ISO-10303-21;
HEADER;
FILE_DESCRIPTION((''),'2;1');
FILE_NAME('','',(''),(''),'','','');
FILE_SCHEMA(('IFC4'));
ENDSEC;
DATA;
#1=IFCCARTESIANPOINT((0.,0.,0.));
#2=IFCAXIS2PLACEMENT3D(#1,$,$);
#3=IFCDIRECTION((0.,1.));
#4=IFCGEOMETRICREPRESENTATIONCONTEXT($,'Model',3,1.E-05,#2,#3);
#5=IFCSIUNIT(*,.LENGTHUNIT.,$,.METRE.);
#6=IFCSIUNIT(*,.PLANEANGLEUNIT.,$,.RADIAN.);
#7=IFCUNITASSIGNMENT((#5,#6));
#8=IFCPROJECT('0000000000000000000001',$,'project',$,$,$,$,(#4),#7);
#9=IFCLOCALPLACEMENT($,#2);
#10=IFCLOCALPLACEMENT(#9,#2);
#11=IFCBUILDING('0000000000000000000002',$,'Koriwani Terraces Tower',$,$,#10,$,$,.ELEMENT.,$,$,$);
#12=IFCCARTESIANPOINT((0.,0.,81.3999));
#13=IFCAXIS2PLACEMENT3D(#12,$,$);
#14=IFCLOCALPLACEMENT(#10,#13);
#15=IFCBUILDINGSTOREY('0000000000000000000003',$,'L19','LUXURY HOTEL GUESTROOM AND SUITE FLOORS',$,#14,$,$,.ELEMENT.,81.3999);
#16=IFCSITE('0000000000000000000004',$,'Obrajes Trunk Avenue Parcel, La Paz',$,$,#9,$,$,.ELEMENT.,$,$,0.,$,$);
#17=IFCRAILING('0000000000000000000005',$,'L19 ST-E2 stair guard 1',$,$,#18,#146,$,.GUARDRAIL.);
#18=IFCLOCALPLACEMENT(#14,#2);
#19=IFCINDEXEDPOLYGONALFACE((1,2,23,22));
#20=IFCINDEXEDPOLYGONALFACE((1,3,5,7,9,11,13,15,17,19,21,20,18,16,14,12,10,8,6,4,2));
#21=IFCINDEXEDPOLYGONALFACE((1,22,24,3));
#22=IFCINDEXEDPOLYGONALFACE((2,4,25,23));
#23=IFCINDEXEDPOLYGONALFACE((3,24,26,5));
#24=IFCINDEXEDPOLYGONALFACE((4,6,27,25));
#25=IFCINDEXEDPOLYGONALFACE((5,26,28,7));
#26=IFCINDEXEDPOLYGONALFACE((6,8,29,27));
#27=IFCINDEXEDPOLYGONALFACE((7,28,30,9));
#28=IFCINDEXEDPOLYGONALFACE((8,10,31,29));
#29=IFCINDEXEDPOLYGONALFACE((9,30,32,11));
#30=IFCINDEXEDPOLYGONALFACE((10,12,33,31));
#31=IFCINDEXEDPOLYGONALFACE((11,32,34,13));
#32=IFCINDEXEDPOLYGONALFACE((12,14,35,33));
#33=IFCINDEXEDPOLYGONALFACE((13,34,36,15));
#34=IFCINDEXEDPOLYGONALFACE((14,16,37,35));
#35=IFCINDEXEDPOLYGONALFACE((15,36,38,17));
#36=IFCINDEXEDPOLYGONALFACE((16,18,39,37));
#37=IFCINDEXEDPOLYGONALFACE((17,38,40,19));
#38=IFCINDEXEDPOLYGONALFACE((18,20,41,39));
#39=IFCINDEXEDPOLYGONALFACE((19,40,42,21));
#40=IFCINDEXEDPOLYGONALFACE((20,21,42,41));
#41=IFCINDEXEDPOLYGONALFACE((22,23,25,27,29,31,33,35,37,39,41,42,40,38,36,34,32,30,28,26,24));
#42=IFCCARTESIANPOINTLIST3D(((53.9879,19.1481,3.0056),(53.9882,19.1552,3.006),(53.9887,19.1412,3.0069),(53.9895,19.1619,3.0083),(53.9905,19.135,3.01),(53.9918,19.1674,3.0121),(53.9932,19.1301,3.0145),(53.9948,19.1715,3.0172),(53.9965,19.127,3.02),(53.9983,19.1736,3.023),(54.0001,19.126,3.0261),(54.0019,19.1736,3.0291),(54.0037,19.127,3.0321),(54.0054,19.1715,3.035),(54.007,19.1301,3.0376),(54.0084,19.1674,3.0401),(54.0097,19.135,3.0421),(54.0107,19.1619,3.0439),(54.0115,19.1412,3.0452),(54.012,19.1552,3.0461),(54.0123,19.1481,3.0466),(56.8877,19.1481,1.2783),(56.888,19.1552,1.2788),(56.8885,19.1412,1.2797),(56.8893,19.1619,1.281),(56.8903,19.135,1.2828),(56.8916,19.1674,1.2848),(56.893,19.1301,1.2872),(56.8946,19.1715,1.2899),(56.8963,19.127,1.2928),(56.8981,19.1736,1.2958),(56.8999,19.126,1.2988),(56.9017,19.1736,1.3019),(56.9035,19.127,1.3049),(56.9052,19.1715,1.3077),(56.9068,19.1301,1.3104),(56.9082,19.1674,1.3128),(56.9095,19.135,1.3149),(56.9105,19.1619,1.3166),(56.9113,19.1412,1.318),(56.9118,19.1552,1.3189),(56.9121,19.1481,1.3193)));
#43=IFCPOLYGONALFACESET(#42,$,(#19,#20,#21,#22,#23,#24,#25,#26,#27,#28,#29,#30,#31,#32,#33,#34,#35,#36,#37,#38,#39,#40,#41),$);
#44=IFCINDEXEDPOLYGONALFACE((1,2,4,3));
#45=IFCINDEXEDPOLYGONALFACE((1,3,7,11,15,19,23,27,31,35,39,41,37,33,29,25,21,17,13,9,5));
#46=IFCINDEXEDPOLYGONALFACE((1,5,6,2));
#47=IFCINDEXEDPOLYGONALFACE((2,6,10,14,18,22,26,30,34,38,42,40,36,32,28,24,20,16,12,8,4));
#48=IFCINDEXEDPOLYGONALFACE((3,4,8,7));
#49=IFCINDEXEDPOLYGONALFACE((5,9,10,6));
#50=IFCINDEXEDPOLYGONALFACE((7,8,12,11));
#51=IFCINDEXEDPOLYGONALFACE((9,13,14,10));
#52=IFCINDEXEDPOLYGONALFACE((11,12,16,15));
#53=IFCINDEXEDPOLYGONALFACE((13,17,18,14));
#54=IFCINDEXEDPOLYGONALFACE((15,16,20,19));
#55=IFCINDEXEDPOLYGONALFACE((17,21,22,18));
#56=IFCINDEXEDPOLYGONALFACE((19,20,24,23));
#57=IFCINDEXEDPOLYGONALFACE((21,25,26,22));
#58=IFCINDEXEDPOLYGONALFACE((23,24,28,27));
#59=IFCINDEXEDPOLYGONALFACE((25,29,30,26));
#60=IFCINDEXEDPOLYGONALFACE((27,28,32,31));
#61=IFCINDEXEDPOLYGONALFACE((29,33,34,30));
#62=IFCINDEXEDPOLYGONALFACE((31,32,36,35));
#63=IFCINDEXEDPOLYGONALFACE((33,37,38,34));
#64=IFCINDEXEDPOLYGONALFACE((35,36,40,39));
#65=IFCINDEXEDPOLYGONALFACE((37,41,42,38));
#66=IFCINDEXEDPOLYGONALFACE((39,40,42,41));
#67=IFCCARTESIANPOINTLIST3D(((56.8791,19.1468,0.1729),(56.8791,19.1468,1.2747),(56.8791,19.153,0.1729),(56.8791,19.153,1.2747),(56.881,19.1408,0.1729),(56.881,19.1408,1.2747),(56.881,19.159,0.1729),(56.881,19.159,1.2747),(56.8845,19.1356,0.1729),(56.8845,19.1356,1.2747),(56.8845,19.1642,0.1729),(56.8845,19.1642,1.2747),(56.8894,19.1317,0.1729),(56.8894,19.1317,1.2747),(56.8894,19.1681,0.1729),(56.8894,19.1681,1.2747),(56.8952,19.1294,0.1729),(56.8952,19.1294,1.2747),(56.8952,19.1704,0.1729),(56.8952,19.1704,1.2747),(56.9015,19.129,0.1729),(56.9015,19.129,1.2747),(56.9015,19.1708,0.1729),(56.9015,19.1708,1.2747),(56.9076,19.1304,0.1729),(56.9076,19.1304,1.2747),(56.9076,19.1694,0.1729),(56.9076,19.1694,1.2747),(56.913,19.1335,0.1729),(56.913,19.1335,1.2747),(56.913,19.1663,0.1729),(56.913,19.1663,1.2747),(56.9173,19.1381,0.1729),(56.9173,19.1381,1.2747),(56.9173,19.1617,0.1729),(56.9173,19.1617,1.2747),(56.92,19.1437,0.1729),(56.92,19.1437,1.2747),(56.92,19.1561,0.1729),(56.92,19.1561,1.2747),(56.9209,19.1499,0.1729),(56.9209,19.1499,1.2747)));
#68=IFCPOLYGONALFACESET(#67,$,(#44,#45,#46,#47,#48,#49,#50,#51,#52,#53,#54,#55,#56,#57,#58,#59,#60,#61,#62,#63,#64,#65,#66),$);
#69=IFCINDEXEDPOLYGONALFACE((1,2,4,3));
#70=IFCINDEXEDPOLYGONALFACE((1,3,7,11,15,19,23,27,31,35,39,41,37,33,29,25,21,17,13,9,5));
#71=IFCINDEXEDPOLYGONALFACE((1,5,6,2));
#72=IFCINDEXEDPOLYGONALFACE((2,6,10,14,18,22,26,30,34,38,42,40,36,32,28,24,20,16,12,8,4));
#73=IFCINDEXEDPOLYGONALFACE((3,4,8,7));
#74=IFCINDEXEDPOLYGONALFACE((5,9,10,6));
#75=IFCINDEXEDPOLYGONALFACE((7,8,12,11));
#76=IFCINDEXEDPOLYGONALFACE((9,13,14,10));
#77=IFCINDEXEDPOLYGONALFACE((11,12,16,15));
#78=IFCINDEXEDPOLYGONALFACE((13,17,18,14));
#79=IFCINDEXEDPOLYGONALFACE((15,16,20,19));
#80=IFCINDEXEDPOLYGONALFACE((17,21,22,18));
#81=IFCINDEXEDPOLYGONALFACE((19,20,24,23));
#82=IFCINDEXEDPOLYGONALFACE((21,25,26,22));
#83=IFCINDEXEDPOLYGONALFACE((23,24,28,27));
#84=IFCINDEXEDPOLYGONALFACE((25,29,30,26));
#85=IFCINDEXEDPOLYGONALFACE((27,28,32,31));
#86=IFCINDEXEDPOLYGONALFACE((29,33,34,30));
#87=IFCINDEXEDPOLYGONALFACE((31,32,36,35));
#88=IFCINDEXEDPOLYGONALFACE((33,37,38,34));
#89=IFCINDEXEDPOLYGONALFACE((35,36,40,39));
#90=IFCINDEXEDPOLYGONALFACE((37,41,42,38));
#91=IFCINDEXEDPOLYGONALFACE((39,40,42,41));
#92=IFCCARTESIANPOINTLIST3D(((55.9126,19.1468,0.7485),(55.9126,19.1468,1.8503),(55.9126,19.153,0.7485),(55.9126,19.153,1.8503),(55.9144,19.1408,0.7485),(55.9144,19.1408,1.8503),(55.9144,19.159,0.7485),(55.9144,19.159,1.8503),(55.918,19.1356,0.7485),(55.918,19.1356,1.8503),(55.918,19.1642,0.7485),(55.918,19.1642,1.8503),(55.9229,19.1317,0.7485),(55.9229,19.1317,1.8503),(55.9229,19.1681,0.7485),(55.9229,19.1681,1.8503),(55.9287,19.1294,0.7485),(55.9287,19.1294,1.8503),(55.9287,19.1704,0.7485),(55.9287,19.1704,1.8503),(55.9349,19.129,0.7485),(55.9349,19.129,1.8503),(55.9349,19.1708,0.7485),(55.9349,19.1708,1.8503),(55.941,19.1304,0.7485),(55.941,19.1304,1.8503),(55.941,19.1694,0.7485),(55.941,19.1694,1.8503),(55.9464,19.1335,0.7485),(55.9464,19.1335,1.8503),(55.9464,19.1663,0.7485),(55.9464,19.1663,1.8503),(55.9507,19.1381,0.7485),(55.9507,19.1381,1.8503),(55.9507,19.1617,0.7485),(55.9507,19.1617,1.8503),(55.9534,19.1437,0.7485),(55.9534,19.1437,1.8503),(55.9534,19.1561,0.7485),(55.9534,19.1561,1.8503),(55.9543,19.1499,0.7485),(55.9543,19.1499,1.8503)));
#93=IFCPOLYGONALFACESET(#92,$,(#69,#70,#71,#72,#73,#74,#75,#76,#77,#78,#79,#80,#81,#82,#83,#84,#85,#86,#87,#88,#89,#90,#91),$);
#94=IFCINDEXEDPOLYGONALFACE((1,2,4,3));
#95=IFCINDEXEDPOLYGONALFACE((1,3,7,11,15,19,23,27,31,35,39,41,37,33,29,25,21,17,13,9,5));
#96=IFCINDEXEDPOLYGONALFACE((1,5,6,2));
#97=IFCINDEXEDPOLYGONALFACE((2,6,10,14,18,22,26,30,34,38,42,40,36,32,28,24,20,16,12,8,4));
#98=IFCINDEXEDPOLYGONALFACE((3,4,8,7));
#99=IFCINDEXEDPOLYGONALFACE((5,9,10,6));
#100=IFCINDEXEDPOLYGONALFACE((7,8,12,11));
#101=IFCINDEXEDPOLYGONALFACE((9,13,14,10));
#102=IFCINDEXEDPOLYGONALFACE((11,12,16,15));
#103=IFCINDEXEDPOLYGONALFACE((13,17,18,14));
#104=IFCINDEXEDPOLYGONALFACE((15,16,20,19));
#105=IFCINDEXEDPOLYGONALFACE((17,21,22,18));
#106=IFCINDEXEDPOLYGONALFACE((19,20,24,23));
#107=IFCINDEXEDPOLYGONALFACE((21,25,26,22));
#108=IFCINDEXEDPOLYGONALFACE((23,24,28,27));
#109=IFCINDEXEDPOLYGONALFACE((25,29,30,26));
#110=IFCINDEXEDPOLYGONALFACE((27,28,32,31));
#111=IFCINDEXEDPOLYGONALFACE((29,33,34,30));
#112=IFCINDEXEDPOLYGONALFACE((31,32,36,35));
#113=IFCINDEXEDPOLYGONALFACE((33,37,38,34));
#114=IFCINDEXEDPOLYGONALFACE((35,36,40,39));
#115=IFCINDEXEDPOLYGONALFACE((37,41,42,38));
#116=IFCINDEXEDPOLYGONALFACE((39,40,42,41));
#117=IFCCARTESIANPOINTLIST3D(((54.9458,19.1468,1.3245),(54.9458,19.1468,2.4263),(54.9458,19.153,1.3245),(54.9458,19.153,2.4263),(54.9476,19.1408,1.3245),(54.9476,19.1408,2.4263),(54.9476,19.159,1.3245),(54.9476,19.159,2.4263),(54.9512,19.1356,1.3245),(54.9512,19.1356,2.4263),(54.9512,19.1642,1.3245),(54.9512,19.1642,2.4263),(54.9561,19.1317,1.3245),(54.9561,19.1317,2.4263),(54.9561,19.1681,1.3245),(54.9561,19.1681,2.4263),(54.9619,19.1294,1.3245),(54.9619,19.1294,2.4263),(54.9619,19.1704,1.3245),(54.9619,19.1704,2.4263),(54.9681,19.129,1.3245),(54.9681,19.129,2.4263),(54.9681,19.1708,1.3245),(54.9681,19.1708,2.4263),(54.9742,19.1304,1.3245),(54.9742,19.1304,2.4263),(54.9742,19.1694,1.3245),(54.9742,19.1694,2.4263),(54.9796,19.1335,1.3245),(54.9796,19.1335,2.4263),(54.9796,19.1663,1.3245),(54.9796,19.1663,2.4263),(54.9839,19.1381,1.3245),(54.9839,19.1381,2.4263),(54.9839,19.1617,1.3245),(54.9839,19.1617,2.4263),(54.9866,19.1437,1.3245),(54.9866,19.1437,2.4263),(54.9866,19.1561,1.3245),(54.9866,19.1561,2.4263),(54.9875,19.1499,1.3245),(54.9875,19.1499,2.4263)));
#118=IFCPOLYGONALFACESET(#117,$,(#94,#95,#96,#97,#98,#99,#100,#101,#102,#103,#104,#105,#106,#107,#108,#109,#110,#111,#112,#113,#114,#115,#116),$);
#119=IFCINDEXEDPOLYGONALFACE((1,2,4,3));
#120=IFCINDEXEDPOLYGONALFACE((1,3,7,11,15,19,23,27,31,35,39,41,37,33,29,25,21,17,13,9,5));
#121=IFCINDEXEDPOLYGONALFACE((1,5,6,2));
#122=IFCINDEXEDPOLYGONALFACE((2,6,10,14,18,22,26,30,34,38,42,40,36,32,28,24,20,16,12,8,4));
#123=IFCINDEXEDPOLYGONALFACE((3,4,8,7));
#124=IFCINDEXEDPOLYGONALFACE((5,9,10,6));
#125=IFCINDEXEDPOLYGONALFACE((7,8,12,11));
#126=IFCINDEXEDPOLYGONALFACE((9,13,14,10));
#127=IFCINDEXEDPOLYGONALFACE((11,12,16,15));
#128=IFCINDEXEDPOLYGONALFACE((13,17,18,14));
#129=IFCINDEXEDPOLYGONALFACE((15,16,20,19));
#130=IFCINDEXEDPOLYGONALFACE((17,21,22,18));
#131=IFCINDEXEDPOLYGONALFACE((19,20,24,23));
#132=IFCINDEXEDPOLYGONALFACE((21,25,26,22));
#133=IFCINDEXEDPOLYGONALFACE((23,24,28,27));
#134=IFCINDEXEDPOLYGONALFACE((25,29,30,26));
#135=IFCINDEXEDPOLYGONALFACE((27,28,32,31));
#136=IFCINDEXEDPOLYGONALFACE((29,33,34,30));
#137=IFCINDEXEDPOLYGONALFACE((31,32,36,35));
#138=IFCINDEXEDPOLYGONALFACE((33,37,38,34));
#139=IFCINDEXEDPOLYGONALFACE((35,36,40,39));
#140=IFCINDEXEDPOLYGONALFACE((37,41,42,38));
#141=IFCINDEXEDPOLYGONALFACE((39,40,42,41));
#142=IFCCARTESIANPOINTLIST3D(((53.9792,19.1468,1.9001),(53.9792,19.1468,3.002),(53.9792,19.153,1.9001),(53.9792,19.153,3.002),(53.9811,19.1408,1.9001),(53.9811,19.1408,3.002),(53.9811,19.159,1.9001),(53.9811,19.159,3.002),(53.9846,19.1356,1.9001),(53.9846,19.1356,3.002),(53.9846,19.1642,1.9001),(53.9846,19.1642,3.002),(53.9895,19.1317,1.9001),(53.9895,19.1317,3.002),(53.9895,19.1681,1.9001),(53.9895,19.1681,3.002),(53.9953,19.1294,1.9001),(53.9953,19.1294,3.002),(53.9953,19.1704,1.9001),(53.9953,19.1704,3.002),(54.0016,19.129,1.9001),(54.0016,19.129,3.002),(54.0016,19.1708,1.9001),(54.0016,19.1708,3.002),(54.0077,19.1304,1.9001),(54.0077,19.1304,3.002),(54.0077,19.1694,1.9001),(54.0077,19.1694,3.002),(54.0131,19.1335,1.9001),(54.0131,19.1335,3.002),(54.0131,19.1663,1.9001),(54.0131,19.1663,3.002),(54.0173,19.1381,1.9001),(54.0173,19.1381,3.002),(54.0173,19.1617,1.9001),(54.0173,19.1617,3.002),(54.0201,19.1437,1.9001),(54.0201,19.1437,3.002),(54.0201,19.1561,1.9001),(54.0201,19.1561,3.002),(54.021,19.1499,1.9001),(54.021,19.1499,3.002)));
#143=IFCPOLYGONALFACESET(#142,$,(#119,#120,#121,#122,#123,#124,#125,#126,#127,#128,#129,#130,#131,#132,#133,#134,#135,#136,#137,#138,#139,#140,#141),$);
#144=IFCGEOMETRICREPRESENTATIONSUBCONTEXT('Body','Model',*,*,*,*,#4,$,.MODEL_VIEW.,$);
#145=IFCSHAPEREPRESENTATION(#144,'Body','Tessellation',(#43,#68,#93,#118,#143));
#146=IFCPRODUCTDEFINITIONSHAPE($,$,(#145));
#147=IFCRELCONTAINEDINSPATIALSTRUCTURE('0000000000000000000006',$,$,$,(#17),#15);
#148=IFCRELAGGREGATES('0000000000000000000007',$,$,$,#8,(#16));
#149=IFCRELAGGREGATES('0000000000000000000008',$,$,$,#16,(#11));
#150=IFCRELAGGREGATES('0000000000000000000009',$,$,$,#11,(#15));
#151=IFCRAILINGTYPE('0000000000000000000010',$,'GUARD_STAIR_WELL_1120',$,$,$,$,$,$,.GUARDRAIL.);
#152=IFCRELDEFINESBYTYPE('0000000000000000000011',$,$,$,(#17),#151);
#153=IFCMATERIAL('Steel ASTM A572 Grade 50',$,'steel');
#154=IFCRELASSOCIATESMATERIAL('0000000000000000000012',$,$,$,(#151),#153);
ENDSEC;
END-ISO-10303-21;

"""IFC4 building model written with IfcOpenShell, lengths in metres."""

from ifc_helpers import new_model, si_unit, direction, frame, origin, origin_2d, place, context, subcontext, project, spatial, circle, extrude, material, type_object, element, save


model = new_model("IFC4")

# Units and contexts
model_context = context("Model", 3, precision=1e-05, world=origin(), true_north=direction((0.0, 1.0)))
body_context = subcontext(model_context, "Body", "Model", "MODEL_VIEW")
ifc_project = project(units=[si_unit("LENGTHUNIT", "METRE"), si_unit("PLANEANGLEUNIT", "RADIAN")], contexts=[model_context])

# Site, building, storey
site_placement = place(None, origin())
site = spatial("IfcSite", under=ifc_project, at=site_placement, Name="Obrajes Trunk Avenue Parcel, La Paz", CompositionType="ELEMENT", RefElevation=0.0)
building_placement = place(site_placement, origin())
building = spatial("IfcBuilding", under=site, at=building_placement, Name="Koriwani Terraces Tower", CompositionType="ELEMENT")
storey_placement = place(building_placement, frame((0.0, 0.0, 81.3999)))
storey = spatial("IfcBuildingStorey", under=building, at=storey_placement, Name="L19", Description="LUXURY HOTEL GUESTROOM AND SUITE FLOORS", CompositionType="ELEMENT", Elevation=81.3999)

# Shared definitions
ifc_material_1 = material(Name="Steel ASTM A572 Grade 50", Category="steel")

# Railing
railing_type_1 = type_object("IfcRailingType", Name="GUARD_STAIR_WELL_1120", PredefinedType="GUARDRAIL", material=ifc_material_1)
railing_1_placement = place(storey_placement, frame((56.8999, 19.1499, 0.1729)))
element("IfcRailing", 1, at=railing_1_placement, inside=storey, type_object=railing_type_1, Name="L19 ST-E2 stair guard 1", PredefinedType="GUARDRAIL", context=body_context, shape_type="SweptSolid", body=[
    extrude(circle(Radius=0.0239, at=origin_2d()), frame((0.0, 0.0, 1.126), z_axis=(-0.859141, 0.0, 0.511738), x_axis=(0.0, -1.0, 0.0)), (0.0, 0.0, 1.0), 3.3752),
    extrude(circle(Radius=0.021, at=origin_2d()), origin(), (0.0, 0.0, 1.0), 1.1018),
    extrude(circle(Radius=0.021, at=origin_2d()), frame((-0.9666, 0.0, 0.5757)), (0.0, 0.0, 1.0), 1.1018),
    extrude(circle(Radius=0.021, at=origin_2d()), frame((-1.9333, 0.0, 1.1516)), (0.0, 0.0, 1.0), 1.1018),
    extrude(circle(Radius=0.021, at=origin_2d()), frame((-2.8999, 0.0, 1.7273)), (0.0, 0.0, 1.0), 1.1018),
])

save(model, "model.ifc")
